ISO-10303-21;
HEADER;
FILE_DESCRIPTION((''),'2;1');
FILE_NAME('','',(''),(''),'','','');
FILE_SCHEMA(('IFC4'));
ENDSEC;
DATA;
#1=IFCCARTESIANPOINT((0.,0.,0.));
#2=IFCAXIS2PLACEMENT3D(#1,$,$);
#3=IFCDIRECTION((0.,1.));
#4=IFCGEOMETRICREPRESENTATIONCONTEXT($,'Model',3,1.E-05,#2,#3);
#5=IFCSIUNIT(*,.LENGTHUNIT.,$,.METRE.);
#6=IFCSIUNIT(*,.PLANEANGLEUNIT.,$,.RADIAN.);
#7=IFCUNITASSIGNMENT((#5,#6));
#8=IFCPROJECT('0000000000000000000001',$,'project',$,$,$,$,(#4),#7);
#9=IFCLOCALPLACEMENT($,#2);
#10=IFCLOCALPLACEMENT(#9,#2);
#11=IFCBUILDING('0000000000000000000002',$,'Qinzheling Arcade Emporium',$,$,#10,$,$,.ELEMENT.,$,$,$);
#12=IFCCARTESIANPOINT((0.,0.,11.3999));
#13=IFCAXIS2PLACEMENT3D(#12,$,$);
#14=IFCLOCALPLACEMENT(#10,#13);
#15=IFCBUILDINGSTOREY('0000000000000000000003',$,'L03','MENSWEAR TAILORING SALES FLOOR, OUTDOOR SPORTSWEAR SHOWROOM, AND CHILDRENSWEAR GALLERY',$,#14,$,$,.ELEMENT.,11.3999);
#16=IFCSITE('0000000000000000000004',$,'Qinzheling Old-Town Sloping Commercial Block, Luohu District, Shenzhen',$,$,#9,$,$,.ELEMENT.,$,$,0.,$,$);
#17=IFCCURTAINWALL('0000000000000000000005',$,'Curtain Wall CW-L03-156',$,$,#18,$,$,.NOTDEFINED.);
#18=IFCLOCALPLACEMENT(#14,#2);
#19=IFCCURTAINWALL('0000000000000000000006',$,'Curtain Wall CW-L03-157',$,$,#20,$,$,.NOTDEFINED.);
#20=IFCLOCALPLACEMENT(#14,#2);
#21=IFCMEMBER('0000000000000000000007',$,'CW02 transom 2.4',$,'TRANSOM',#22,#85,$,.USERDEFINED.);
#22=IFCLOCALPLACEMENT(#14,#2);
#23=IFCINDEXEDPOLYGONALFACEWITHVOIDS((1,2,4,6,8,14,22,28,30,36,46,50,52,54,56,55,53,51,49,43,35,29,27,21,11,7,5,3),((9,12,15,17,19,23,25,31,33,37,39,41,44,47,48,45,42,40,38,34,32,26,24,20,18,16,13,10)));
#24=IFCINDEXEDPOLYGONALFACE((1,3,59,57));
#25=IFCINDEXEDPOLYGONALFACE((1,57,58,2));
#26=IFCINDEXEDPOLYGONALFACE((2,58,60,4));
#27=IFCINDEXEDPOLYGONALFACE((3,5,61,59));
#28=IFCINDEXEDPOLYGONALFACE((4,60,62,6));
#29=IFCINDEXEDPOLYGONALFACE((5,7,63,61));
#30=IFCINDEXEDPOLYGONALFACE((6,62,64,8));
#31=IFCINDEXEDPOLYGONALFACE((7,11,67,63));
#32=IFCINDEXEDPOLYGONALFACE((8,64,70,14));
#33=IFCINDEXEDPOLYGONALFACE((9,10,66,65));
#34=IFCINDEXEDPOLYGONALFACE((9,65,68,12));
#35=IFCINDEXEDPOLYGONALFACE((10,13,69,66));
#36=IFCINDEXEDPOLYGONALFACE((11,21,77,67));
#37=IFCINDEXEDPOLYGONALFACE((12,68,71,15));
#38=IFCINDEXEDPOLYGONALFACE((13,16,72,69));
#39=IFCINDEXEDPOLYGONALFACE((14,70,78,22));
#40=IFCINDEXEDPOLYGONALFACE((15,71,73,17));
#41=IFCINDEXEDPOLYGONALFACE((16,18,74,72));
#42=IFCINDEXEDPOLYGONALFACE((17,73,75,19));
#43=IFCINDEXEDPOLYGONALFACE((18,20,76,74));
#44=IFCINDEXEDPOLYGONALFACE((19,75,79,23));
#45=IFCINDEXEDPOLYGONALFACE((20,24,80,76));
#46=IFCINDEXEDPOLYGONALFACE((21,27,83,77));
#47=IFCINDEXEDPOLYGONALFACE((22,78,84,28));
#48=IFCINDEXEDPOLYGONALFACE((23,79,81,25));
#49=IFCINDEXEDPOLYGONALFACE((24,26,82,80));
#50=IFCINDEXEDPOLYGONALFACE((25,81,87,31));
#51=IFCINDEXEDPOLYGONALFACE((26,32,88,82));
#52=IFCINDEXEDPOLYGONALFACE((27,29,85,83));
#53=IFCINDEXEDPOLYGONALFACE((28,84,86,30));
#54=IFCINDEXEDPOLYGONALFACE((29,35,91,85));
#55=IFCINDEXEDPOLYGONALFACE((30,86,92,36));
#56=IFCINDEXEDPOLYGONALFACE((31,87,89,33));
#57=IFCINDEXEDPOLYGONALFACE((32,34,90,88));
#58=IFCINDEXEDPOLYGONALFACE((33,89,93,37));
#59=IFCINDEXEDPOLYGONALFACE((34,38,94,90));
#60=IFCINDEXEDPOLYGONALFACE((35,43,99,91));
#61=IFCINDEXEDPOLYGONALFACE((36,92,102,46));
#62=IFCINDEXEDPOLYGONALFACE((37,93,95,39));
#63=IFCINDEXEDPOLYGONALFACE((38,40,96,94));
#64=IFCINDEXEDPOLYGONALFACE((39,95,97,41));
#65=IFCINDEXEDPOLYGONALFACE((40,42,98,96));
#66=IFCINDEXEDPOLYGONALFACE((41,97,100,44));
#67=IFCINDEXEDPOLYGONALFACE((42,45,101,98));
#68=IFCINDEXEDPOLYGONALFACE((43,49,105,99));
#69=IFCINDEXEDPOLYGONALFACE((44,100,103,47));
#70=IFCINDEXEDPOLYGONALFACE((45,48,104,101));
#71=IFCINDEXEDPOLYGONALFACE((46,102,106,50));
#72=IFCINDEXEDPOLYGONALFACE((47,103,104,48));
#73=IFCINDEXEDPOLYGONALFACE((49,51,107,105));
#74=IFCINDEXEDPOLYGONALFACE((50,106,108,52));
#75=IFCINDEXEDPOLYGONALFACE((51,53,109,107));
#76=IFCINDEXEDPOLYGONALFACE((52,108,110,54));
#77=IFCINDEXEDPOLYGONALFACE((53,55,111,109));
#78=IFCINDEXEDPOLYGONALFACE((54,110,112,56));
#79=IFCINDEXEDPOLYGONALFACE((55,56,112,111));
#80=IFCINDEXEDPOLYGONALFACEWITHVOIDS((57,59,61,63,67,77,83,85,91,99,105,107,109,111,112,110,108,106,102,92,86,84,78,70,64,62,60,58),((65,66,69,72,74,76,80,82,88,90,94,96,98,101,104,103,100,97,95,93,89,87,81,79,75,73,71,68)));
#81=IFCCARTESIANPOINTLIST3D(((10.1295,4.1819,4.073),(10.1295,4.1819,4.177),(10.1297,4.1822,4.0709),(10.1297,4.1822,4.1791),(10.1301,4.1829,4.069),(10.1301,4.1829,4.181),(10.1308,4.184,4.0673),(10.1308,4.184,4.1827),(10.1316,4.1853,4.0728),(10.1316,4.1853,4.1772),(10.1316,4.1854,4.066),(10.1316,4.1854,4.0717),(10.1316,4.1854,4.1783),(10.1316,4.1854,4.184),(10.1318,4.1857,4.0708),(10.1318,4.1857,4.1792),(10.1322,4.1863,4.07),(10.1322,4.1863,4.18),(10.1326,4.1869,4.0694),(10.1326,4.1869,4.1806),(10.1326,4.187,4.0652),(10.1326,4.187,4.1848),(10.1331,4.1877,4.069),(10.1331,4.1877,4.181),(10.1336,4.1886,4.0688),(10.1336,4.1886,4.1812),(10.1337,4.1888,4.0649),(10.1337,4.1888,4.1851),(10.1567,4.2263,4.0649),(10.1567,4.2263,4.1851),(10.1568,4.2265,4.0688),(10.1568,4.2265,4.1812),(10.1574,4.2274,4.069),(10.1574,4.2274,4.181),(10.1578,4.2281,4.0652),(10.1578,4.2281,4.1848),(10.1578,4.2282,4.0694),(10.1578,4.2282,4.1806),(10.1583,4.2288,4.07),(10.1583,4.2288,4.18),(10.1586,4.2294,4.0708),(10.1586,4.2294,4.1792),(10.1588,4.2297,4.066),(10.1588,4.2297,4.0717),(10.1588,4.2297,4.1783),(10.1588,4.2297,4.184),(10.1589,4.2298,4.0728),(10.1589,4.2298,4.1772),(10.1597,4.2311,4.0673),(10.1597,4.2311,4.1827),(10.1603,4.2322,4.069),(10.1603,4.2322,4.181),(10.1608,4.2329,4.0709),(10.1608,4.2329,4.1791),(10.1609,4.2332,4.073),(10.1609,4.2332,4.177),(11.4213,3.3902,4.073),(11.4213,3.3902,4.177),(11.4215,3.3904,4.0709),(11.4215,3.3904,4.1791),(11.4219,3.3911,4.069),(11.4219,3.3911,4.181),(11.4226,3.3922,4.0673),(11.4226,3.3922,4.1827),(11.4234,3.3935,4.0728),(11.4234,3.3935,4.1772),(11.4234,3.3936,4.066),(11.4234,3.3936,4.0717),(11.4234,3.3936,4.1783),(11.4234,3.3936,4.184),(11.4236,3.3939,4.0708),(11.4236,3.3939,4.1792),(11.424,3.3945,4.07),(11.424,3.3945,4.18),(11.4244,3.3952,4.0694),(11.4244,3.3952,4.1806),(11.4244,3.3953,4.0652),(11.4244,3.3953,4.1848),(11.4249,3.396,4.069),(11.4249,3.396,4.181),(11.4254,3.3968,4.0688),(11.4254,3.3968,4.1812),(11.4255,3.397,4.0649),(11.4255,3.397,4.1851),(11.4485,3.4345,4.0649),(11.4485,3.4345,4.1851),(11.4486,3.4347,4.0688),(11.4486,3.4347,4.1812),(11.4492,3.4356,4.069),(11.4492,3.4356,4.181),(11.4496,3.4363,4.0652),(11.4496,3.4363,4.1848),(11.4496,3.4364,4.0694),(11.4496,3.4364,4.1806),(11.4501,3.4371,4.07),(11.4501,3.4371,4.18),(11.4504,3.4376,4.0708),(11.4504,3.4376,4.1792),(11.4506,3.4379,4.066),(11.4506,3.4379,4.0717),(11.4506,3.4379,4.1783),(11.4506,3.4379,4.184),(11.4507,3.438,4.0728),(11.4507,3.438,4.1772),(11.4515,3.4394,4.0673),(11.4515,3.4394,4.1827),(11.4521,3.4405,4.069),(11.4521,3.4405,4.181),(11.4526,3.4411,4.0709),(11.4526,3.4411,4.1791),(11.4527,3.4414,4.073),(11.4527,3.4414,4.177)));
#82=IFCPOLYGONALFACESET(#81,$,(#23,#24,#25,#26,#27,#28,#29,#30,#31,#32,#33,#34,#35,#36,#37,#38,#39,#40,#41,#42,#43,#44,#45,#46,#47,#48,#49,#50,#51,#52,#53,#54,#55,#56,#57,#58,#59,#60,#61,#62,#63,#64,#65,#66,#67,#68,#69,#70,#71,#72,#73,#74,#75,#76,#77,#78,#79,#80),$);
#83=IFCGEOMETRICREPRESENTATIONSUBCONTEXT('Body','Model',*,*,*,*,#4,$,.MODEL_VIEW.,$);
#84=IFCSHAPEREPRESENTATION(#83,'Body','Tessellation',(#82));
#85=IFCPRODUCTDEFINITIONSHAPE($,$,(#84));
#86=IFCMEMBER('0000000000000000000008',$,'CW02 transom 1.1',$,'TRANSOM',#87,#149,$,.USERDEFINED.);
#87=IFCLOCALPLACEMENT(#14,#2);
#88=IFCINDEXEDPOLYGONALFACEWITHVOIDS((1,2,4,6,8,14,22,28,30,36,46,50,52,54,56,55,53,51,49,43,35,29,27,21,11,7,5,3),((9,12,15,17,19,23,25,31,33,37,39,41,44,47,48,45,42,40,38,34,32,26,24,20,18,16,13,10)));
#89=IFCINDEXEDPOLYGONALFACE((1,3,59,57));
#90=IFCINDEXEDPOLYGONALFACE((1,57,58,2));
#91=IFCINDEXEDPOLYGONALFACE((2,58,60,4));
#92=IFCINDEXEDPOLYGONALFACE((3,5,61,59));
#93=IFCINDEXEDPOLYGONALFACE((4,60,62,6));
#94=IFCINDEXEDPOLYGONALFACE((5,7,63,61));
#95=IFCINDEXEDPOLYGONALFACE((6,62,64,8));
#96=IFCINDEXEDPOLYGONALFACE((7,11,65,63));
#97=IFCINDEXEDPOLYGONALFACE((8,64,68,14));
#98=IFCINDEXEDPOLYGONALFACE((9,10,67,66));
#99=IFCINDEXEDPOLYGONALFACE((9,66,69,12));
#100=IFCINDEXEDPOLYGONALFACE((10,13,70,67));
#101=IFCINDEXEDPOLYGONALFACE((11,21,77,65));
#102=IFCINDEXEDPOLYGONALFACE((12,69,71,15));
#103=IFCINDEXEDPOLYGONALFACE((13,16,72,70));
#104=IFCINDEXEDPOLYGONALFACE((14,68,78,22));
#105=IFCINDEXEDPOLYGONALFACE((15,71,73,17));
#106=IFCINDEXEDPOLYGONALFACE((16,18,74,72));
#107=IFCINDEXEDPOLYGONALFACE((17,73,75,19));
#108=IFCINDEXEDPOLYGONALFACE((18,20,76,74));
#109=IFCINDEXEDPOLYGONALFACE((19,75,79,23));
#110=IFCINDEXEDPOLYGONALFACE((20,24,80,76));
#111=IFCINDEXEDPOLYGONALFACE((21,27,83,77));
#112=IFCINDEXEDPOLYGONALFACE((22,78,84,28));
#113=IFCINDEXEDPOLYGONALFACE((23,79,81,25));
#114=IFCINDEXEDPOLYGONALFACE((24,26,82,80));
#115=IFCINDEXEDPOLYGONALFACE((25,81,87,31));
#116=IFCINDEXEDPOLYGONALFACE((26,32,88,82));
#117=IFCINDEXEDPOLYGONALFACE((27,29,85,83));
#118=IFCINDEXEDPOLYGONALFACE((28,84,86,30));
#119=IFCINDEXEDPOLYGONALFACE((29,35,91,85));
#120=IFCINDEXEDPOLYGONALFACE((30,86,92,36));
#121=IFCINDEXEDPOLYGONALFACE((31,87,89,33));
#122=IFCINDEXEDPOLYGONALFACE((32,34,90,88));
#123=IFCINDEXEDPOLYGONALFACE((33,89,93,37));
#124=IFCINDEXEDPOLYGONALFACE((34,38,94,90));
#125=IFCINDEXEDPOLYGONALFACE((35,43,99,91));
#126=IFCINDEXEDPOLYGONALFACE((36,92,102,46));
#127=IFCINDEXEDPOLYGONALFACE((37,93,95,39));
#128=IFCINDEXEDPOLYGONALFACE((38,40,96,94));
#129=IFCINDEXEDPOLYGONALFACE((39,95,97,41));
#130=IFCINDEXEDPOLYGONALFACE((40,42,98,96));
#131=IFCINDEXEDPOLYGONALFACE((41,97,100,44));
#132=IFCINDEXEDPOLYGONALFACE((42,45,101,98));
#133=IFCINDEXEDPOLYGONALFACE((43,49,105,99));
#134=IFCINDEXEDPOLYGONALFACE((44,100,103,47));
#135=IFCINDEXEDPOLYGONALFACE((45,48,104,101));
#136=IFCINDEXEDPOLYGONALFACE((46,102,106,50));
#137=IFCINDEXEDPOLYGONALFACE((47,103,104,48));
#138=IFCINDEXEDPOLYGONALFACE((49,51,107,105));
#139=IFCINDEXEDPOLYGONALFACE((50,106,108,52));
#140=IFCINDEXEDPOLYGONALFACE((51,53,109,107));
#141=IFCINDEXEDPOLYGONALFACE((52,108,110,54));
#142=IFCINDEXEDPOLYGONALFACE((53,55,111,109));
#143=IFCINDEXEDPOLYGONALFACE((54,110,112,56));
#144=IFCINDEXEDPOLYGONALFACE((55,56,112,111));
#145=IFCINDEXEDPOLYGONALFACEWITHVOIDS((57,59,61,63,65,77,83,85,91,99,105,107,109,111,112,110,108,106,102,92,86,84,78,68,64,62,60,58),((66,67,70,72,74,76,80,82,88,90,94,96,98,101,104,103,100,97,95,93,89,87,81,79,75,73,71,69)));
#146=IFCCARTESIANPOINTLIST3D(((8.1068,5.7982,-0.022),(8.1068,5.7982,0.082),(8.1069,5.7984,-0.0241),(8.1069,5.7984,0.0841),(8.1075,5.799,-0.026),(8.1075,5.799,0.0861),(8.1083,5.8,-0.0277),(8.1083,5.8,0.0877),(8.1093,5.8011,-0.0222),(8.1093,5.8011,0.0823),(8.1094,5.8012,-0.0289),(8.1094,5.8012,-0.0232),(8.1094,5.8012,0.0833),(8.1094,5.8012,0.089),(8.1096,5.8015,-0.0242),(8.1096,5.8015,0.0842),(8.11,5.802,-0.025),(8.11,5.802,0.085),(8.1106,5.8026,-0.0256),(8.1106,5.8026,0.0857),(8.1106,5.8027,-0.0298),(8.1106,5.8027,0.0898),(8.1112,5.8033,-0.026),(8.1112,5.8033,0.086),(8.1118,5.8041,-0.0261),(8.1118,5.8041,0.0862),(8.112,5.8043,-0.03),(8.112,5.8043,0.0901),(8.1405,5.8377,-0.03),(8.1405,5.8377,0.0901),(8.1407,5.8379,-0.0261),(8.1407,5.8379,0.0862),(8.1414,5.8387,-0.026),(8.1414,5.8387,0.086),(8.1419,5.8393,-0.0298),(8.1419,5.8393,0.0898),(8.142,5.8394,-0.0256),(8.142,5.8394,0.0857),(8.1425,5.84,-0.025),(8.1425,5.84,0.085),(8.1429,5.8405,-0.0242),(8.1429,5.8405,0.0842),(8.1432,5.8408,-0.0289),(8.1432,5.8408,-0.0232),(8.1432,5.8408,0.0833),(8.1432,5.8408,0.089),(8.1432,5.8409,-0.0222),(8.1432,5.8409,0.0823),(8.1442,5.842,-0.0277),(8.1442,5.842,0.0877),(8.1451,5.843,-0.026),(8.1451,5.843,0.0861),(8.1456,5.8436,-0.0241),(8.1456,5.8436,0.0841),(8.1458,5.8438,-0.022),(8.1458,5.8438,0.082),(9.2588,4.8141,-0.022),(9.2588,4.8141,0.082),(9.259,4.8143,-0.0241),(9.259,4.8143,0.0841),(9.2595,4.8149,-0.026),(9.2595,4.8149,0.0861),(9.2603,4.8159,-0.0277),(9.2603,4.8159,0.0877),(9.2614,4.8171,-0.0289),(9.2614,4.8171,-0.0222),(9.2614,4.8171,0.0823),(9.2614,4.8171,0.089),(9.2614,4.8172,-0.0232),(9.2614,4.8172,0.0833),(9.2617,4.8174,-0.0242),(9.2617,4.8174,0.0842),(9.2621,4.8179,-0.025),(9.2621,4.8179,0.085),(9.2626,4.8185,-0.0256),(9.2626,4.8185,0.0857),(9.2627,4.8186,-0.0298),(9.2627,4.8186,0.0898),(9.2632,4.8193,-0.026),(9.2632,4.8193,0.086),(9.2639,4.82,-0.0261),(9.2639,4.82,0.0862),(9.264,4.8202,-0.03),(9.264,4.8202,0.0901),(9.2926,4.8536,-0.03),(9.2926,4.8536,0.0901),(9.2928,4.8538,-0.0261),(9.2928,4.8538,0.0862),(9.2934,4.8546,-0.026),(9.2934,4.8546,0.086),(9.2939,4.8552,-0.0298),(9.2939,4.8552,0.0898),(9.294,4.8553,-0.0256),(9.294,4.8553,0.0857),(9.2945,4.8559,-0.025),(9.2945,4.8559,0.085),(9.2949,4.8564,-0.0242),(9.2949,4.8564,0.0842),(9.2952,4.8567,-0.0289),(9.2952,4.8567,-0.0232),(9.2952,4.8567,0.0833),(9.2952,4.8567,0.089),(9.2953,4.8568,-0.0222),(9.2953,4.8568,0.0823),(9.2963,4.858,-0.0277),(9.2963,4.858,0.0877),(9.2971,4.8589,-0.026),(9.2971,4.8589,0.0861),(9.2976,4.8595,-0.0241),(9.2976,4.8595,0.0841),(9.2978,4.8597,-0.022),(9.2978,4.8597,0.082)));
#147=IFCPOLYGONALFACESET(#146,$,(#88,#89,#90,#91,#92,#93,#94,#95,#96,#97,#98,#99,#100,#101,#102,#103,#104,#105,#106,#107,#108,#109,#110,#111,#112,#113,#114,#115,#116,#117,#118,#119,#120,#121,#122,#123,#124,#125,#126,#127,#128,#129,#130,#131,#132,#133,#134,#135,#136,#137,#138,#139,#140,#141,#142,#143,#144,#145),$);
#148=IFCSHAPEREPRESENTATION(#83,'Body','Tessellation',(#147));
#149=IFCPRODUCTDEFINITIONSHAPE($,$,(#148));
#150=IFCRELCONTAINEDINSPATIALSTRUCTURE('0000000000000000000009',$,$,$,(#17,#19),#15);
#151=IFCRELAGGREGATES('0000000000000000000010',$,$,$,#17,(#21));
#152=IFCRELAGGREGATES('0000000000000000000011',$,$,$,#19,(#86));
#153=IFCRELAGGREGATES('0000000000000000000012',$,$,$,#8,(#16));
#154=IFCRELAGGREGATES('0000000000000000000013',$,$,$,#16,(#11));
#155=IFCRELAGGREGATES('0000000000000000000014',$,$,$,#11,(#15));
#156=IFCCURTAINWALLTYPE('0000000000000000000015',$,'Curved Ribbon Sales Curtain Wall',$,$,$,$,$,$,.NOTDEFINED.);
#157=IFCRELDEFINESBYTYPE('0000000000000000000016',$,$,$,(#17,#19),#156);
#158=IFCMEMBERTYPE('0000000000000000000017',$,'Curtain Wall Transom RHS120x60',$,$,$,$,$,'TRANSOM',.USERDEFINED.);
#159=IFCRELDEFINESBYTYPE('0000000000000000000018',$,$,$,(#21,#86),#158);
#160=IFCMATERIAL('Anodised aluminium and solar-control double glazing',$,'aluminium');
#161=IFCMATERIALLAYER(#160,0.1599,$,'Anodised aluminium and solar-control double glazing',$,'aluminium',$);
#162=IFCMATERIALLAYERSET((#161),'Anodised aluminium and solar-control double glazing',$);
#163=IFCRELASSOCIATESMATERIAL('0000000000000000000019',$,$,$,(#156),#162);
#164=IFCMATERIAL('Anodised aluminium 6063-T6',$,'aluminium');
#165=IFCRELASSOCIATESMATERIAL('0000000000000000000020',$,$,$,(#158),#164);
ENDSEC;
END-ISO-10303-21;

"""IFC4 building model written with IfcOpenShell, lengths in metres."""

from ifc_helpers import new_model, si_unit, direction, frame, origin, origin_2d, place, context, subcontext, project, spatial, hollow_rectangle, extrude, material, layer, layer_set, material_profile, profile_set, type_object, element, aggregate, save


model = new_model("IFC4")

# Units and contexts
model_context = context("Model", 3, precision=1e-05, world=origin(), true_north=direction((0.0, 1.0)))
body_context = subcontext(model_context, "Body", "Model", "MODEL_VIEW")
ifc_project = project(units=[si_unit("LENGTHUNIT", "METRE"), si_unit("PLANEANGLEUNIT", "RADIAN")], contexts=[model_context])

# Site, building, storey
site_placement = place(None, origin())
site = spatial("IfcSite", under=ifc_project, at=site_placement, Name="Qinzheling Old-Town Sloping Commercial Block, Luohu District, Shenzhen", CompositionType="ELEMENT", RefElevation=0.0)
building_placement = place(site_placement, origin())
building = spatial("IfcBuilding", under=site, at=building_placement, Name="Qinzheling Arcade Emporium", CompositionType="ELEMENT")
storey_placement = place(building_placement, frame((0.0, 0.0, 11.3999)))
storey = spatial("IfcBuildingStorey", under=building, at=storey_placement, Name="L03", Description="MENSWEAR TAILORING SALES FLOOR, OUTDOOR SPORTSWEAR SHOWROOM, AND CHILDRENSWEAR GALLERY", CompositionType="ELEMENT", Elevation=11.3999)

# Curtain walls
ifc_material_1 = material(Name="Anodised aluminium and solar-control double glazing", Category="aluminium")
ifc_layer_1 = layer(ifc_material_1, 0.1599, Name="Anodised aluminium and solar-control double glazing", Category="aluminium")
ifc_layer_set_1 = layer_set([ifc_layer_1], Name="Anodised aluminium and solar-control double glazing")
curtain_wall_type = type_object("IfcCurtainWallType", Name="Curved Ribbon Sales Curtain Wall", PredefinedType="NOTDEFINED", material=ifc_layer_set_1)
curtain_wall_1_placement = place(storey_placement, origin())
curtain_wall_1 = element("IfcCurtainWall", 1, at=curtain_wall_1_placement, inside=storey, type_object=curtain_wall_type, Name="Curtain Wall CW-L03-156", PredefinedType="NOTDEFINED")
ifc_material_2 = material(Name="Anodised aluminium 6063-T6", Category="aluminium")
curtain_wall_2_placement = place(storey_placement, origin())
curtain_wall_2 = element("IfcCurtainWall", 2, at=curtain_wall_2_placement, inside=storey, type_object=curtain_wall_type, Name="Curtain Wall CW-L03-157", PredefinedType="NOTDEFINED")

# Members
ifc_material_profile_1 = material_profile(ifc_material_2, hollow_rectangle(XDim=0.0601, YDim=0.1201, WallThickness=0.0039, InnerFilletRadius=0.0039, OuterFilletRadius=0.0081, at=origin_2d()), Name="RHS 120x60x4", Category="aluminium")
ifc_profile_set_1 = profile_set([ifc_material_profile_1], Name="Anodised aluminium 6063-T6")
member_type_1 = type_object("IfcMemberType", Name="Curtain Wall Transom RHS120x60", ElementType="TRANSOM", PredefinedType="USERDEFINED", material=ifc_profile_set_1)
member_1_placement = place(storey_placement, frame((11.437, 3.4158, 4.125), z_axis=(-0.852592, 0.522577, 0.0), x_axis=(-0.522577, -0.852592, 0.0)))
member_1 = element("IfcMember", 3, at=member_1_placement, type_object=member_type_1, Name="CW02 transom 2.4", ObjectType="TRANSOM", PredefinedType="USERDEFINED", context=body_context, shape_type="SweptSolid", body=[
    extrude(hollow_rectangle(XDim=0.0601, YDim=0.1201, WallThickness=0.0039, InnerFilletRadius=0.0039, OuterFilletRadius=0.0081, at=origin_2d()), origin(), (0.0, 0.0, 1.0), 1.5151),
])
member_2_placement = place(storey_placement, frame((9.2783, 4.8369, 0.03), z_axis=(-0.760359, 0.649503, 0.0), x_axis=(-0.649503, -0.760359, 0.0)))
member_2 = element("IfcMember", 4, at=member_2_placement, type_object=member_type_1, Name="CW02 transom 1.1", ObjectType="TRANSOM", PredefinedType="USERDEFINED", context=body_context, shape_type="SweptSolid", body=[
    extrude(hollow_rectangle(XDim=0.0601, YDim=0.1201, WallThickness=0.0039, InnerFilletRadius=0.0039, OuterFilletRadius=0.0081, at=origin_2d()), origin(), (0.0, 0.0, 1.0), 1.5151),
])

aggregate(curtain_wall_1, [member_1])
aggregate(curtain_wall_2, [member_2])

save(model, "model.ifc")
